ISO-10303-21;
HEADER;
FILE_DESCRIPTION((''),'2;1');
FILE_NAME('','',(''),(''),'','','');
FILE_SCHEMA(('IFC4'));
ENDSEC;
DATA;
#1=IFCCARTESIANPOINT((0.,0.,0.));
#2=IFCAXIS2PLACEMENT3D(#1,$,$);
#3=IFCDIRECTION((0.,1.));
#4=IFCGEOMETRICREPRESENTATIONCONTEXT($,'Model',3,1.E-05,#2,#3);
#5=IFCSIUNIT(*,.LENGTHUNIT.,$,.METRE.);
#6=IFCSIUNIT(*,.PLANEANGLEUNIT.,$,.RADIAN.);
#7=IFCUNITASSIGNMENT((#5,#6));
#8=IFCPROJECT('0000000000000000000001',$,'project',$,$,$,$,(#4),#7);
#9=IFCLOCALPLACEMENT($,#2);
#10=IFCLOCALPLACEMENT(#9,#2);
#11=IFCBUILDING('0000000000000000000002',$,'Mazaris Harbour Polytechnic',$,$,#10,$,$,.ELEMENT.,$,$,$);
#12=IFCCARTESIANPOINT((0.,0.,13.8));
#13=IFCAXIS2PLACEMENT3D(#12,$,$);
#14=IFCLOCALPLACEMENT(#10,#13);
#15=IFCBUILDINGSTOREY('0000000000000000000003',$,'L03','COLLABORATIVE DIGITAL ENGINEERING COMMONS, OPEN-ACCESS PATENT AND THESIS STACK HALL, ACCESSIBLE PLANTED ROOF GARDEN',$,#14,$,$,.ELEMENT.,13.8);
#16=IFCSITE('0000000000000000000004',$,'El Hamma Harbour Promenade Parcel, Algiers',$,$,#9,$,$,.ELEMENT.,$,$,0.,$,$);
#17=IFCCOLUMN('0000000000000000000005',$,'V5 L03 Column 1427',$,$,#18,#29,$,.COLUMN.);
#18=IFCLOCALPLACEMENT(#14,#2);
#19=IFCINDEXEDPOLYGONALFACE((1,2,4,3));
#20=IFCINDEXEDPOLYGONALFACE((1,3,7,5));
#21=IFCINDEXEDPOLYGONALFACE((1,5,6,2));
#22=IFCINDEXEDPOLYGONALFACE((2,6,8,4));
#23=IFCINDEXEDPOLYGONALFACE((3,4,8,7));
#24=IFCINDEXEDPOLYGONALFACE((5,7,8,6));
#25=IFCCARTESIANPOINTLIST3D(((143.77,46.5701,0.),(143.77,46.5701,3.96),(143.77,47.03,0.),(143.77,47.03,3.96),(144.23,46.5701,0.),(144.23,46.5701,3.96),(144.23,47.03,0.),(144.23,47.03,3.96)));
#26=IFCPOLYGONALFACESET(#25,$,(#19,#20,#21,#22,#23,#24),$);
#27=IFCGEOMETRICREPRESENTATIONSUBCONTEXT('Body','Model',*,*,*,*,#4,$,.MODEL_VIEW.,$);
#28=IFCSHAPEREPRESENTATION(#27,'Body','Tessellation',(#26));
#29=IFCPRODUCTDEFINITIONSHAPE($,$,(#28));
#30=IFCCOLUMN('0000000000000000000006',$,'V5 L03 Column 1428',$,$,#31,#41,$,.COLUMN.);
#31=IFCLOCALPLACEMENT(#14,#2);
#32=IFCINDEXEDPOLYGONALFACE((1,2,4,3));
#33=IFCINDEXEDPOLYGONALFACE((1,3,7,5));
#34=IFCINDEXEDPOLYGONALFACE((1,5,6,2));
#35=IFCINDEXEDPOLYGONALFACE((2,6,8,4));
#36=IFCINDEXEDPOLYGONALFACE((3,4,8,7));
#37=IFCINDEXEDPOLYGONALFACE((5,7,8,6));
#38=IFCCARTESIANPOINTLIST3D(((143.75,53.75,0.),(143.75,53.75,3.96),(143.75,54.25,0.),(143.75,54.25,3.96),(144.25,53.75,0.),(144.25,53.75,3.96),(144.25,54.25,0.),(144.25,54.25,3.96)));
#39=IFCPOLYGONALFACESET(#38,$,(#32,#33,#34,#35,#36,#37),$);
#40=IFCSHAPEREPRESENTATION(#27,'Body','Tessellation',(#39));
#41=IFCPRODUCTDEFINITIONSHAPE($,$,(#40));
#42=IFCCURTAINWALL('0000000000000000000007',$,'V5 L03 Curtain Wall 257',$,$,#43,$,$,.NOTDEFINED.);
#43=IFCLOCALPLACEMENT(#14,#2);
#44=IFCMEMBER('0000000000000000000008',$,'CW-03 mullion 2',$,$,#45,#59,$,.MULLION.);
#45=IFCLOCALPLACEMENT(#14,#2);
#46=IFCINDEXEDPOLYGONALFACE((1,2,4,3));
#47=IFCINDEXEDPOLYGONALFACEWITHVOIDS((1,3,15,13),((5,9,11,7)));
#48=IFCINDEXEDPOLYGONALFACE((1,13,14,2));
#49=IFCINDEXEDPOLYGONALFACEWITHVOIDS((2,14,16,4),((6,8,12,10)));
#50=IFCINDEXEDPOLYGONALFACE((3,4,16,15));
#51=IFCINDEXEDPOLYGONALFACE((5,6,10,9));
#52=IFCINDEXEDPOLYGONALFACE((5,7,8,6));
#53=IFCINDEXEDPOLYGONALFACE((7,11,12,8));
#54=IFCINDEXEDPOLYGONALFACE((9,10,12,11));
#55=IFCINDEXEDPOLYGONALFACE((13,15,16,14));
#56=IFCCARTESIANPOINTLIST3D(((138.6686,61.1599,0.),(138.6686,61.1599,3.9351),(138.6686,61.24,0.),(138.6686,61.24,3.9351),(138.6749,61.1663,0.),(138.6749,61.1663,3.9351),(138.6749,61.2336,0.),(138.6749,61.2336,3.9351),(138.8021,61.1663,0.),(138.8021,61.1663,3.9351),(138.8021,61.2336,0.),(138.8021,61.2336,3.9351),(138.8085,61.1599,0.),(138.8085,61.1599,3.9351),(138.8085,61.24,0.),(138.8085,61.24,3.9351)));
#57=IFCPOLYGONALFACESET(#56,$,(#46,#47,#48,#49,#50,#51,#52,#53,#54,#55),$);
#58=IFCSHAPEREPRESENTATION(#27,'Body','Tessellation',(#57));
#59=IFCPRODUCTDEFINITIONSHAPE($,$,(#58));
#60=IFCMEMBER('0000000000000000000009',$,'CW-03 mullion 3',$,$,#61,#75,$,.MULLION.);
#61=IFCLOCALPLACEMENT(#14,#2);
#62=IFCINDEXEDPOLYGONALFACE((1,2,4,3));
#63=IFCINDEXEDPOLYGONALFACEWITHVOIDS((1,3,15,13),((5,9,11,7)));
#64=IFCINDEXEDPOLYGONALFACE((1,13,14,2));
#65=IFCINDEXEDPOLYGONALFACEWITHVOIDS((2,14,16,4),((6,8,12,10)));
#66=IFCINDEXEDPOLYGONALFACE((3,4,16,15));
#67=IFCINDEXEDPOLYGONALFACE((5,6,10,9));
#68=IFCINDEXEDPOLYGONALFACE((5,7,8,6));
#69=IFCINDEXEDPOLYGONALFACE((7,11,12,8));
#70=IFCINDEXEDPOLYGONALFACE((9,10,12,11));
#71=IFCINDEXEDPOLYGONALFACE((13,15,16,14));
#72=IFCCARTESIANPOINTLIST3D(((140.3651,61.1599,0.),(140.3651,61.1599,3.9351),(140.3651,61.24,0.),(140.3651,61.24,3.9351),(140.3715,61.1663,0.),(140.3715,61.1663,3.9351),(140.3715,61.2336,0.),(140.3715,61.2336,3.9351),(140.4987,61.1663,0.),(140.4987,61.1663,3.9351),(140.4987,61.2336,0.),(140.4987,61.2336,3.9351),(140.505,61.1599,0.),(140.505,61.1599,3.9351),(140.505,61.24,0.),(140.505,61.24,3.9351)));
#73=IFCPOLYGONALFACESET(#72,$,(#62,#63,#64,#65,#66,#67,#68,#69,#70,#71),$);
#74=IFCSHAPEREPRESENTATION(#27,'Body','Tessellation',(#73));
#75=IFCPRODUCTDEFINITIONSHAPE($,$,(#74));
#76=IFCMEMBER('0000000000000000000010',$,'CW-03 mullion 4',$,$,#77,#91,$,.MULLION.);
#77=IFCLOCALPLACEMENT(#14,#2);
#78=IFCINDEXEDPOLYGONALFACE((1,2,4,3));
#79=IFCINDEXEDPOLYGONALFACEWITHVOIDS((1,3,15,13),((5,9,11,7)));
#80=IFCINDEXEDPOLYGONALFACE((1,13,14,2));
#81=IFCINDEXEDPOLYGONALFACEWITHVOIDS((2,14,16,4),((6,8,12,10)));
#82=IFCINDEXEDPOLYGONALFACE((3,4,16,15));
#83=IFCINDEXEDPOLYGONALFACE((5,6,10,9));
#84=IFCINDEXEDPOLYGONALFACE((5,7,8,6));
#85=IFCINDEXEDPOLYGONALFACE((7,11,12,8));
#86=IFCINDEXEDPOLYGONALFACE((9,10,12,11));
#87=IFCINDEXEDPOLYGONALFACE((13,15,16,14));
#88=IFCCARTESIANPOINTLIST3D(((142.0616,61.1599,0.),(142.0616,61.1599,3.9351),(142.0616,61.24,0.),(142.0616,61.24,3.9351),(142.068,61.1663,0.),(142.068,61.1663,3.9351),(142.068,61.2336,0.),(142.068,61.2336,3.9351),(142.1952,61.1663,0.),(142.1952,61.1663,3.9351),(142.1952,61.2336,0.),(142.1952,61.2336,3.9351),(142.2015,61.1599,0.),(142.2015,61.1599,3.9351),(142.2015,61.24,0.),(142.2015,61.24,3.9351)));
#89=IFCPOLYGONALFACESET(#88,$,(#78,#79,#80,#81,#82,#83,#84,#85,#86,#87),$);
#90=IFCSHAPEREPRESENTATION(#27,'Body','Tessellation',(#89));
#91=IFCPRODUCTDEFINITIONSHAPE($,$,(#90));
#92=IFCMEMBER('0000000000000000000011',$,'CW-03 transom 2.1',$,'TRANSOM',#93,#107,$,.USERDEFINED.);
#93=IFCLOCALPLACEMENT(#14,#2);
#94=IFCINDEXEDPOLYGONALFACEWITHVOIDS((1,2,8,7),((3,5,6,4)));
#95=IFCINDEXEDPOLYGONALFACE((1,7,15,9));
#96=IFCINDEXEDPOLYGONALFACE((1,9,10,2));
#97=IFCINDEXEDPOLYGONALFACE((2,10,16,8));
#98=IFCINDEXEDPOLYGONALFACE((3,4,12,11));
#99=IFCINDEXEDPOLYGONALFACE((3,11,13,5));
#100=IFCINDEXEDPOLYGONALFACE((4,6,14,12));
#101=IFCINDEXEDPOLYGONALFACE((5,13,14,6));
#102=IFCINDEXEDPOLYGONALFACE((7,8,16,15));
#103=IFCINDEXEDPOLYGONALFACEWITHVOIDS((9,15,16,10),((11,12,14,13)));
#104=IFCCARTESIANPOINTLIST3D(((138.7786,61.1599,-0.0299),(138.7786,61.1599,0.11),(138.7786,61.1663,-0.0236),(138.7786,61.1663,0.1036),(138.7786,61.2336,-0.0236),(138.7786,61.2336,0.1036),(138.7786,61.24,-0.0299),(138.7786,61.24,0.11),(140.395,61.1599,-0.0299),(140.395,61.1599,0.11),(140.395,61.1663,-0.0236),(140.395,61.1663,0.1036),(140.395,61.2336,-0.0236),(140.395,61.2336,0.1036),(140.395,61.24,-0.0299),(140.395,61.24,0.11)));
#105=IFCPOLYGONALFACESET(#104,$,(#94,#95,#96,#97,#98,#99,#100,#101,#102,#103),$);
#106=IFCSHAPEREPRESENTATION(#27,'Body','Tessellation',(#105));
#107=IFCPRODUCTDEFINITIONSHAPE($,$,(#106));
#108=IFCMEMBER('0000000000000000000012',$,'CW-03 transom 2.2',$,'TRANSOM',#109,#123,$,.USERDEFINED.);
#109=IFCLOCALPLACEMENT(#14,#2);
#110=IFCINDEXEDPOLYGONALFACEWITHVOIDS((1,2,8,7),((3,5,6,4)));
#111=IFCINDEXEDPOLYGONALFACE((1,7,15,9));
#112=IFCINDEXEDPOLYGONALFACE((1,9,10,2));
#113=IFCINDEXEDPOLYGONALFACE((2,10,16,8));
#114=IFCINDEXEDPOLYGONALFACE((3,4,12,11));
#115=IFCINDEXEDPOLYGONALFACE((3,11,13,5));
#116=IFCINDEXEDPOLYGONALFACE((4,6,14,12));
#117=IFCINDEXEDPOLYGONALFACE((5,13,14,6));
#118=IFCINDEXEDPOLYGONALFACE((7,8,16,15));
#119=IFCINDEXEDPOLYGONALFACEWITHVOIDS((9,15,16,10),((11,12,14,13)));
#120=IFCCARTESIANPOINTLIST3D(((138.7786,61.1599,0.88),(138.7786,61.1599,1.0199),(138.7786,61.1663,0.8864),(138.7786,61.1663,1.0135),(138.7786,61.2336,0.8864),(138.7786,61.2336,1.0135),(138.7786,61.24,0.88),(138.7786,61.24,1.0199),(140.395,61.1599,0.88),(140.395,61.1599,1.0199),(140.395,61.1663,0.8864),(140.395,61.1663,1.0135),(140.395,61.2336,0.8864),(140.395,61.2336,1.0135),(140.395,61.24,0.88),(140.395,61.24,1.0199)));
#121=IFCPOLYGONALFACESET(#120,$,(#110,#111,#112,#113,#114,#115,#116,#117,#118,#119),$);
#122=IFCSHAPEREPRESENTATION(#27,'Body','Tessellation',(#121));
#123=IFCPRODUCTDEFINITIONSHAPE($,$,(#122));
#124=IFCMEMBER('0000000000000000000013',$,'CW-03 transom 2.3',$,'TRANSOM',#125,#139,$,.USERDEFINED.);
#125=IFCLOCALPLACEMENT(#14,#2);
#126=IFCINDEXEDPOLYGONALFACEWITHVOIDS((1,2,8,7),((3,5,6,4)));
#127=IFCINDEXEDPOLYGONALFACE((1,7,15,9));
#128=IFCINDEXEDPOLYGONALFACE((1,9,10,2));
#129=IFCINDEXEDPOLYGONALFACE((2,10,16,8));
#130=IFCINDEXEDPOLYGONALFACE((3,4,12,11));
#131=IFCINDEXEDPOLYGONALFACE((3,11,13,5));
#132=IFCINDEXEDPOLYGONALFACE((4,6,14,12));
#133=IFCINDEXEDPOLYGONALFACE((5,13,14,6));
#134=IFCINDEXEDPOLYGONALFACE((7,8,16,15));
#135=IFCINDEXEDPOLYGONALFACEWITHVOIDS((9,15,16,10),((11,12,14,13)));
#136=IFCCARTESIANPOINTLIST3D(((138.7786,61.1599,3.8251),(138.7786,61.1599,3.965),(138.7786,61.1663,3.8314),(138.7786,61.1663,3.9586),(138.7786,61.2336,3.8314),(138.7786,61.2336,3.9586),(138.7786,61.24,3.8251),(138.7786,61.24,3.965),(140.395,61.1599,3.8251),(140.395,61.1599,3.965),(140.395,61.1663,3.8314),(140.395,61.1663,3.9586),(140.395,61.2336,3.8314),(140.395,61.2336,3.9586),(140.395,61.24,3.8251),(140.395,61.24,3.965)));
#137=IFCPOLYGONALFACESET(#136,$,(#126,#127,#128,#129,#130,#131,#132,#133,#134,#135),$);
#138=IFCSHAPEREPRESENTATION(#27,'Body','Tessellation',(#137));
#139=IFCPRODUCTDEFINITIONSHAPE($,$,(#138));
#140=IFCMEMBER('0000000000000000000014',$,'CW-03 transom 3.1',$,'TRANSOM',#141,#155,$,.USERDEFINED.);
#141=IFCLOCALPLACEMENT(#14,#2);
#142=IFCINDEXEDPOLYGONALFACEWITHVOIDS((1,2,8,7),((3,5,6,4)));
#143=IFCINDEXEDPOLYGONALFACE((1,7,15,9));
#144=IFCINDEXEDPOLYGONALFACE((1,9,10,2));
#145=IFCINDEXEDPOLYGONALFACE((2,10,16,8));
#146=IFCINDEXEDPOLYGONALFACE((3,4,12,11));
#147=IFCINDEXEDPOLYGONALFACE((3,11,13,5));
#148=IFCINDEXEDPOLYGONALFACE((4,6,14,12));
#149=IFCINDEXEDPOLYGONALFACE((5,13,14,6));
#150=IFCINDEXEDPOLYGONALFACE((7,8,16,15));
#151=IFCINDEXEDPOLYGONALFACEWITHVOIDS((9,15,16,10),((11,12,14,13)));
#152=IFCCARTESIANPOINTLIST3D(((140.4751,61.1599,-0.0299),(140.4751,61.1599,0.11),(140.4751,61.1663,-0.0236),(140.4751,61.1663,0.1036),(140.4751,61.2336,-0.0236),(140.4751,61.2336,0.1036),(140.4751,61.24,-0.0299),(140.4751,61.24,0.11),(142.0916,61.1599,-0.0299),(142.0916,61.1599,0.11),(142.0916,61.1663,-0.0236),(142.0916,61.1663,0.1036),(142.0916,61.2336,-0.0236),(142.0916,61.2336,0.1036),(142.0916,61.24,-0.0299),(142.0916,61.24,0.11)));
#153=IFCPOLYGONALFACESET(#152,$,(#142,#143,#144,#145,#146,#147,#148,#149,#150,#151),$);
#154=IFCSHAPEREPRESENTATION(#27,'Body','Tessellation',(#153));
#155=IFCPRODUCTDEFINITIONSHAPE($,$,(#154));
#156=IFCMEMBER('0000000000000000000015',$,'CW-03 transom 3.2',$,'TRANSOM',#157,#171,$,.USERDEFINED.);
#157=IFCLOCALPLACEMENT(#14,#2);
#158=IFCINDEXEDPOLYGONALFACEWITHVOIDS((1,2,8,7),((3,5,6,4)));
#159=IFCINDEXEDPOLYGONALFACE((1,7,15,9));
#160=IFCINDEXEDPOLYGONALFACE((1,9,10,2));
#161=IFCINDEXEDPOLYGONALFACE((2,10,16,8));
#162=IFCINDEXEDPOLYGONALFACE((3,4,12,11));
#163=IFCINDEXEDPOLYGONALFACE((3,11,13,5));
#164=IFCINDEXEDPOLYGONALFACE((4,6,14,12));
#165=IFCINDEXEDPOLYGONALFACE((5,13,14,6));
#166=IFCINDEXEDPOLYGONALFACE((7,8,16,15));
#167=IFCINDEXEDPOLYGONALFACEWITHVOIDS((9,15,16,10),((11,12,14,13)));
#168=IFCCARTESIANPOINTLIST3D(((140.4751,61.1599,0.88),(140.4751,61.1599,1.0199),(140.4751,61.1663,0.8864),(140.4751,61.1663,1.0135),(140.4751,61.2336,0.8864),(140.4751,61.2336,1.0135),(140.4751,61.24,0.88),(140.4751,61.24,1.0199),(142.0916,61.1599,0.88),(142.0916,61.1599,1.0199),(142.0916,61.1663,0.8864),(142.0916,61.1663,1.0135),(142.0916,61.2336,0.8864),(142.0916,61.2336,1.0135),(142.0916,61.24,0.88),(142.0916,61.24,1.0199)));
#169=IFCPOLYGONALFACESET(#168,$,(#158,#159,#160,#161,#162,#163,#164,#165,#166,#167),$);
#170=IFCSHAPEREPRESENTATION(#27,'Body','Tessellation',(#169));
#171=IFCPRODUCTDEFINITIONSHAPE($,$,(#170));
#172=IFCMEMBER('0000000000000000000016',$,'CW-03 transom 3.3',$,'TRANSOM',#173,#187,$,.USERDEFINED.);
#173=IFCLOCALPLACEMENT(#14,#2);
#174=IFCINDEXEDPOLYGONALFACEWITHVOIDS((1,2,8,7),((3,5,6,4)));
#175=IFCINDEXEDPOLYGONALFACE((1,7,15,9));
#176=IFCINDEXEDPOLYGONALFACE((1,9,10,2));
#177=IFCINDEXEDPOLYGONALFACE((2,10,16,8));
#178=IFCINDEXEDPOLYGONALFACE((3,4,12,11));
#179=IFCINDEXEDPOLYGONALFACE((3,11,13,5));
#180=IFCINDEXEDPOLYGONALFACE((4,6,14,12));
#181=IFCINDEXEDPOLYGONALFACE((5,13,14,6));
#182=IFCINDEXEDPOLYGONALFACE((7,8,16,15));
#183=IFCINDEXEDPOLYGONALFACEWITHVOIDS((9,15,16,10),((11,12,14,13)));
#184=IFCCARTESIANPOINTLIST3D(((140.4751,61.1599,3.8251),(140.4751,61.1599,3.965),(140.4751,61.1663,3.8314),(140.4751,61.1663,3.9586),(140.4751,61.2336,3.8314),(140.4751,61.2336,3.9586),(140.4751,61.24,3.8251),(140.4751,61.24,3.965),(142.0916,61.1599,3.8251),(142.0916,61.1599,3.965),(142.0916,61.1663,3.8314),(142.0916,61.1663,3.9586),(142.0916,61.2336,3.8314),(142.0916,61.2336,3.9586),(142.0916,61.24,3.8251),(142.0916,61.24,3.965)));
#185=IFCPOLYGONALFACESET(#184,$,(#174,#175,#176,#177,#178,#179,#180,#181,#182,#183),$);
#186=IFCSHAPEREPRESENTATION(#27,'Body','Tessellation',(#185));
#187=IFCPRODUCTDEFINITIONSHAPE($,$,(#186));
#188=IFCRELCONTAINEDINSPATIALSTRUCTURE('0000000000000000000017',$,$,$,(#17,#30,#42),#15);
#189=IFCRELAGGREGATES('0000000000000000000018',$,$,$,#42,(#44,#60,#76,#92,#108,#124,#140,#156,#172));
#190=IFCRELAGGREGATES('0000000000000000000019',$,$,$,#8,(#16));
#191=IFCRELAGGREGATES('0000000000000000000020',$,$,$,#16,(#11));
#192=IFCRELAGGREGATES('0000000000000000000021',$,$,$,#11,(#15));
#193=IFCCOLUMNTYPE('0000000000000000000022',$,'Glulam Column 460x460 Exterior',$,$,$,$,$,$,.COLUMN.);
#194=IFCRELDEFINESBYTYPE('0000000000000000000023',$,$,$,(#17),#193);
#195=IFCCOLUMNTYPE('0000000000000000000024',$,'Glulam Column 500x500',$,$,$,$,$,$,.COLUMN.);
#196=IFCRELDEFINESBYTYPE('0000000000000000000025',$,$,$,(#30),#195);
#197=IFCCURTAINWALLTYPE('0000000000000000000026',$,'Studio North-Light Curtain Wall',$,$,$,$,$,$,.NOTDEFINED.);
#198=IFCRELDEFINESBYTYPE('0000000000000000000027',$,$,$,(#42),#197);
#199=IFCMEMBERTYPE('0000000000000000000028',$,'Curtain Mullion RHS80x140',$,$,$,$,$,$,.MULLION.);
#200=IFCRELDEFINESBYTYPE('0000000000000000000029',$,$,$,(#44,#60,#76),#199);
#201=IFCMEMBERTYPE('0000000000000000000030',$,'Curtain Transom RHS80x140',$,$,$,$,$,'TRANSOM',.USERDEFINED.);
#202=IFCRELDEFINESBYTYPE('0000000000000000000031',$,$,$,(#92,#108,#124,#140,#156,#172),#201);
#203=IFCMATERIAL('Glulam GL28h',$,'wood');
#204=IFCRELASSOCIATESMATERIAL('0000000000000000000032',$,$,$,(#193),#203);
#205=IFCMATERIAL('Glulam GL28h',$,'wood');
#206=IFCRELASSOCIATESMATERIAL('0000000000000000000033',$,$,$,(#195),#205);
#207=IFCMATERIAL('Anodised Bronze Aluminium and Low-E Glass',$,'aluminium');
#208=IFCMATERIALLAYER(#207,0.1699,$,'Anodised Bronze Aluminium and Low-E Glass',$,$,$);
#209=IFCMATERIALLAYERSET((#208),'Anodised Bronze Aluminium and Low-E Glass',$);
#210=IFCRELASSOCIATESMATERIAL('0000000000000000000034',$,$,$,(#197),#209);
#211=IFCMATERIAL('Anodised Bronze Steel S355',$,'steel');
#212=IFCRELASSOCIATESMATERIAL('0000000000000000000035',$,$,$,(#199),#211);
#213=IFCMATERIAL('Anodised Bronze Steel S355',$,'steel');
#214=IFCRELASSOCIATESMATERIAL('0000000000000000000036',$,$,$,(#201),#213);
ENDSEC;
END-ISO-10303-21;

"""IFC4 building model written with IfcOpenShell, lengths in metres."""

from ifc_helpers import new_model, si_unit, direction, frame, origin, origin_2d, place, context, subcontext, project, spatial, rectangle, hollow_rectangle, extrude, material, layer, layer_set, material_profile, profile_set, type_object, element, aggregate, save


model = new_model("IFC4")

# Units and contexts
model_context = context("Model", 3, precision=1e-05, world=origin(), true_north=direction((0.0, 1.0)))
body_context = subcontext(model_context, "Body", "Model", "MODEL_VIEW")
ifc_project = project(units=[si_unit("LENGTHUNIT", "METRE"), si_unit("PLANEANGLEUNIT", "RADIAN")], contexts=[model_context])

# Site, building, storey
site_placement = place(None, origin())
site = spatial("IfcSite", under=ifc_project, at=site_placement, Name="El Hamma Harbour Promenade Parcel, Algiers", CompositionType="ELEMENT", RefElevation=0.0)
building_placement = place(site_placement, origin())
building = spatial("IfcBuilding", under=site, at=building_placement, Name="Mazaris Harbour Polytechnic", CompositionType="ELEMENT")
storey_placement = place(building_placement, frame((0.0, 0.0, 13.8)))
storey = spatial("IfcBuildingStorey", under=building, at=storey_placement, Name="L03", Description="COLLABORATIVE DIGITAL ENGINEERING COMMONS, OPEN-ACCESS PATENT AND THESIS STACK HALL, ACCESSIBLE PLANTED ROOF GARDEN", CompositionType="ELEMENT", Elevation=13.8)

# Columns
ifc_material_1 = material(Name="Glulam GL28h", Category="wood")
ifc_material_profile_1 = material_profile(ifc_material_1, rectangle(XDim=0.46, YDim=0.46, at=origin_2d()), Name="RECT460x460")
ifc_profile_set_1 = profile_set([ifc_material_profile_1], Name="Glulam GL28h")
column_type_1 = type_object("IfcColumnType", Name="Glulam Column 460x460 Exterior", PredefinedType="COLUMN", material=ifc_profile_set_1)
column_1_placement = place(storey_placement, frame((144.0, 46.8, 0.0), z_axis=(0.0, 0.0, 1.0), x_axis=(1.0, 0.0, 0.0)))
element("IfcColumn", 1, at=column_1_placement, inside=storey, type_object=column_type_1, Name="V5 L03 Column 1427", PredefinedType="COLUMN", context=body_context, shape_type="SweptSolid", body=[
    extrude(rectangle(XDim=0.46, YDim=0.46, at=origin_2d()), origin(), (0.0, 0.0, 1.0), 3.96),
])
ifc_material_2 = material(Name="Glulam GL28h", Category="wood")
ifc_material_profile_2 = material_profile(ifc_material_2, rectangle(XDim=0.5, YDim=0.5, at=origin_2d()), Name="RECT500x500")
ifc_profile_set_2 = profile_set([ifc_material_profile_2], Name="Glulam GL28h")
column_type_2 = type_object("IfcColumnType", Name="Glulam Column 500x500", PredefinedType="COLUMN", material=ifc_profile_set_2)
column_2_placement = place(storey_placement, frame((144.0, 54.0, 0.0), z_axis=(0.0, 0.0, 1.0), x_axis=(1.0, 0.0, 0.0)))
element("IfcColumn", 2, at=column_2_placement, inside=storey, type_object=column_type_2, Name="V5 L03 Column 1428", PredefinedType="COLUMN", context=body_context, shape_type="SweptSolid", body=[
    extrude(rectangle(XDim=0.5, YDim=0.5, at=origin_2d()), origin(), (0.0, 0.0, 1.0), 3.96),
])

# Curtain wall, members
ifc_material_3 = material(Name="Anodised Bronze Aluminium and Low-E Glass", Category="aluminium")
ifc_layer_1 = layer(ifc_material_3, 0.1699, Name="Anodised Bronze Aluminium and Low-E Glass")
ifc_layer_set_1 = layer_set([ifc_layer_1], Name="Anodised Bronze Aluminium and Low-E Glass")
curtain_wall_type = type_object("IfcCurtainWallType", Name="Studio North-Light Curtain Wall", PredefinedType="NOTDEFINED", material=ifc_layer_set_1)
curtain_wall_placement = place(storey_placement, origin())
curtain_wall = element("IfcCurtainWall", 3, at=curtain_wall_placement, inside=storey, type_object=curtain_wall_type, Name="V5 L03 Curtain Wall 257", PredefinedType="NOTDEFINED")
ifc_material_4 = material(Name="Anodised Bronze Steel S355", Category="steel")
ifc_material_profile_3 = material_profile(ifc_material_4, hollow_rectangle(XDim=0.0801, YDim=0.1399, WallThickness=0.0063, at=origin_2d()), Name="RHS 80x140x6.3")
ifc_profile_set_3 = profile_set([ifc_material_profile_3], Name="Anodised Bronze Steel S355")
member_type_1 = type_object("IfcMemberType", Name="Curtain Mullion RHS80x140", PredefinedType="MULLION", material=ifc_profile_set_3)
member_1_placement = place(storey_placement, frame((138.7385, 61.2, 0.0), z_axis=(0.0, 0.0, 1.0), x_axis=(0.0, 1.0, 0.0)))
member_1 = element("IfcMember", 4, at=member_1_placement, type_object=member_type_1, Name="CW-03 mullion 2", PredefinedType="MULLION", context=body_context, shape_type="SweptSolid", body=[
    extrude(hollow_rectangle(XDim=0.0801, YDim=0.1399, WallThickness=0.0063, at=origin_2d()), origin(), (0.0, 0.0, 1.0), 3.9351),
])
member_2_placement = place(storey_placement, frame((140.4351, 61.2, 0.0), z_axis=(0.0, 0.0, 1.0), x_axis=(0.0, 1.0, 0.0)))
member_2 = element("IfcMember", 5, at=member_2_placement, type_object=member_type_1, Name="CW-03 mullion 3", PredefinedType="MULLION", context=body_context, shape_type="SweptSolid", body=[
    extrude(hollow_rectangle(XDim=0.0801, YDim=0.1399, WallThickness=0.0063, at=origin_2d()), origin(), (0.0, 0.0, 1.0), 3.9351),
])
member_3_placement = place(storey_placement, frame((142.1316, 61.2, 0.0), z_axis=(0.0, 0.0, 1.0), x_axis=(0.0, 1.0, 0.0)))
member_3 = element("IfcMember", 6, at=member_3_placement, type_object=member_type_1, Name="CW-03 mullion 4", PredefinedType="MULLION", context=body_context, shape_type="SweptSolid", body=[
    extrude(hollow_rectangle(XDim=0.0801, YDim=0.1399, WallThickness=0.0063, at=origin_2d()), origin(), (0.0, 0.0, 1.0), 3.9351),
])
ifc_material_5 = material(Name="Anodised Bronze Steel S355", Category="steel")
ifc_material_profile_4 = material_profile(ifc_material_5, hollow_rectangle(XDim=0.0801, YDim=0.1399, WallThickness=0.0063, at=origin_2d()), Name="RHS 80x140x6.3")
ifc_profile_set_4 = profile_set([ifc_material_profile_4], Name="Anodised Bronze Steel S355")
member_type_2 = type_object("IfcMemberType", Name="Curtain Transom RHS80x140", ElementType="TRANSOM", PredefinedType="USERDEFINED", material=ifc_profile_set_4)
member_4_placement = place(storey_placement, frame((138.7786, 61.2, 0.04), z_axis=(1.0, 0.0, 0.0), x_axis=(0.0, 1.0, 0.0)))
member_4 = element("IfcMember", 7, at=member_4_placement, type_object=member_type_2, Name="CW-03 transom 2.1", ObjectType="TRANSOM", PredefinedType="USERDEFINED", context=body_context, shape_type="SweptSolid", body=[
    extrude(hollow_rectangle(XDim=0.0801, YDim=0.1399, WallThickness=0.0063, at=origin_2d()), origin(), (0.0, 0.0, 1.0), 1.6165),
])
member_5_placement = place(storey_placement, frame((138.7786, 61.2, 0.95), z_axis=(1.0, 0.0, 0.0), x_axis=(0.0, 1.0, 0.0)))
member_5 = element("IfcMember", 8, at=member_5_placement, type_object=member_type_2, Name="CW-03 transom 2.2", ObjectType="TRANSOM", PredefinedType="USERDEFINED", context=body_context, shape_type="SweptSolid", body=[
    extrude(hollow_rectangle(XDim=0.0801, YDim=0.1399, WallThickness=0.0063, at=origin_2d()), origin(), (0.0, 0.0, 1.0), 1.6165),
])
member_6_placement = place(storey_placement, frame((138.7786, 61.2, 3.895), z_axis=(1.0, 0.0, 0.0), x_axis=(0.0, 1.0, 0.0)))
member_6 = element("IfcMember", 9, at=member_6_placement, type_object=member_type_2, Name="CW-03 transom 2.3", ObjectType="TRANSOM", PredefinedType="USERDEFINED", context=body_context, shape_type="SweptSolid", body=[
    extrude(hollow_rectangle(XDim=0.0801, YDim=0.1399, WallThickness=0.0063, at=origin_2d()), origin(), (0.0, 0.0, 1.0), 1.6165),
])
member_7_placement = place(storey_placement, frame((140.4751, 61.2, 0.04), z_axis=(1.0, 0.0, 0.0), x_axis=(0.0, 1.0, 0.0)))
member_7 = element("IfcMember", 10, at=member_7_placement, type_object=member_type_2, Name="CW-03 transom 3.1", ObjectType="TRANSOM", PredefinedType="USERDEFINED", context=body_context, shape_type="SweptSolid", body=[
    extrude(hollow_rectangle(XDim=0.0801, YDim=0.1399, WallThickness=0.0063, at=origin_2d()), origin(), (0.0, 0.0, 1.0), 1.6165),
])
member_8_placement = place(storey_placement, frame((140.4751, 61.2, 0.95), z_axis=(1.0, 0.0, 0.0), x_axis=(0.0, 1.0, 0.0)))
member_8 = element("IfcMember", 11, at=member_8_placement, type_object=member_type_2, Name="CW-03 transom 3.2", ObjectType="TRANSOM", PredefinedType="USERDEFINED", context=body_context, shape_type="SweptSolid", body=[
    extrude(hollow_rectangle(XDim=0.0801, YDim=0.1399, WallThickness=0.0063, at=origin_2d()), origin(), (0.0, 0.0, 1.0), 1.6165),
])
member_9_placement = place(storey_placement, frame((140.4751, 61.2, 3.895), z_axis=(1.0, 0.0, 0.0), x_axis=(0.0, 1.0, 0.0)))
member_9 = element("IfcMember", 12, at=member_9_placement, type_object=member_type_2, Name="CW-03 transom 3.3", ObjectType="TRANSOM", PredefinedType="USERDEFINED", context=body_context, shape_type="SweptSolid", body=[
    extrude(hollow_rectangle(XDim=0.0801, YDim=0.1399, WallThickness=0.0063, at=origin_2d()), origin(), (0.0, 0.0, 1.0), 1.6165),
])
aggregate(curtain_wall, [member_1, member_2, member_3, member_4, member_5, member_6, member_7, member_8, member_9])

save(model, "model.ifc")
